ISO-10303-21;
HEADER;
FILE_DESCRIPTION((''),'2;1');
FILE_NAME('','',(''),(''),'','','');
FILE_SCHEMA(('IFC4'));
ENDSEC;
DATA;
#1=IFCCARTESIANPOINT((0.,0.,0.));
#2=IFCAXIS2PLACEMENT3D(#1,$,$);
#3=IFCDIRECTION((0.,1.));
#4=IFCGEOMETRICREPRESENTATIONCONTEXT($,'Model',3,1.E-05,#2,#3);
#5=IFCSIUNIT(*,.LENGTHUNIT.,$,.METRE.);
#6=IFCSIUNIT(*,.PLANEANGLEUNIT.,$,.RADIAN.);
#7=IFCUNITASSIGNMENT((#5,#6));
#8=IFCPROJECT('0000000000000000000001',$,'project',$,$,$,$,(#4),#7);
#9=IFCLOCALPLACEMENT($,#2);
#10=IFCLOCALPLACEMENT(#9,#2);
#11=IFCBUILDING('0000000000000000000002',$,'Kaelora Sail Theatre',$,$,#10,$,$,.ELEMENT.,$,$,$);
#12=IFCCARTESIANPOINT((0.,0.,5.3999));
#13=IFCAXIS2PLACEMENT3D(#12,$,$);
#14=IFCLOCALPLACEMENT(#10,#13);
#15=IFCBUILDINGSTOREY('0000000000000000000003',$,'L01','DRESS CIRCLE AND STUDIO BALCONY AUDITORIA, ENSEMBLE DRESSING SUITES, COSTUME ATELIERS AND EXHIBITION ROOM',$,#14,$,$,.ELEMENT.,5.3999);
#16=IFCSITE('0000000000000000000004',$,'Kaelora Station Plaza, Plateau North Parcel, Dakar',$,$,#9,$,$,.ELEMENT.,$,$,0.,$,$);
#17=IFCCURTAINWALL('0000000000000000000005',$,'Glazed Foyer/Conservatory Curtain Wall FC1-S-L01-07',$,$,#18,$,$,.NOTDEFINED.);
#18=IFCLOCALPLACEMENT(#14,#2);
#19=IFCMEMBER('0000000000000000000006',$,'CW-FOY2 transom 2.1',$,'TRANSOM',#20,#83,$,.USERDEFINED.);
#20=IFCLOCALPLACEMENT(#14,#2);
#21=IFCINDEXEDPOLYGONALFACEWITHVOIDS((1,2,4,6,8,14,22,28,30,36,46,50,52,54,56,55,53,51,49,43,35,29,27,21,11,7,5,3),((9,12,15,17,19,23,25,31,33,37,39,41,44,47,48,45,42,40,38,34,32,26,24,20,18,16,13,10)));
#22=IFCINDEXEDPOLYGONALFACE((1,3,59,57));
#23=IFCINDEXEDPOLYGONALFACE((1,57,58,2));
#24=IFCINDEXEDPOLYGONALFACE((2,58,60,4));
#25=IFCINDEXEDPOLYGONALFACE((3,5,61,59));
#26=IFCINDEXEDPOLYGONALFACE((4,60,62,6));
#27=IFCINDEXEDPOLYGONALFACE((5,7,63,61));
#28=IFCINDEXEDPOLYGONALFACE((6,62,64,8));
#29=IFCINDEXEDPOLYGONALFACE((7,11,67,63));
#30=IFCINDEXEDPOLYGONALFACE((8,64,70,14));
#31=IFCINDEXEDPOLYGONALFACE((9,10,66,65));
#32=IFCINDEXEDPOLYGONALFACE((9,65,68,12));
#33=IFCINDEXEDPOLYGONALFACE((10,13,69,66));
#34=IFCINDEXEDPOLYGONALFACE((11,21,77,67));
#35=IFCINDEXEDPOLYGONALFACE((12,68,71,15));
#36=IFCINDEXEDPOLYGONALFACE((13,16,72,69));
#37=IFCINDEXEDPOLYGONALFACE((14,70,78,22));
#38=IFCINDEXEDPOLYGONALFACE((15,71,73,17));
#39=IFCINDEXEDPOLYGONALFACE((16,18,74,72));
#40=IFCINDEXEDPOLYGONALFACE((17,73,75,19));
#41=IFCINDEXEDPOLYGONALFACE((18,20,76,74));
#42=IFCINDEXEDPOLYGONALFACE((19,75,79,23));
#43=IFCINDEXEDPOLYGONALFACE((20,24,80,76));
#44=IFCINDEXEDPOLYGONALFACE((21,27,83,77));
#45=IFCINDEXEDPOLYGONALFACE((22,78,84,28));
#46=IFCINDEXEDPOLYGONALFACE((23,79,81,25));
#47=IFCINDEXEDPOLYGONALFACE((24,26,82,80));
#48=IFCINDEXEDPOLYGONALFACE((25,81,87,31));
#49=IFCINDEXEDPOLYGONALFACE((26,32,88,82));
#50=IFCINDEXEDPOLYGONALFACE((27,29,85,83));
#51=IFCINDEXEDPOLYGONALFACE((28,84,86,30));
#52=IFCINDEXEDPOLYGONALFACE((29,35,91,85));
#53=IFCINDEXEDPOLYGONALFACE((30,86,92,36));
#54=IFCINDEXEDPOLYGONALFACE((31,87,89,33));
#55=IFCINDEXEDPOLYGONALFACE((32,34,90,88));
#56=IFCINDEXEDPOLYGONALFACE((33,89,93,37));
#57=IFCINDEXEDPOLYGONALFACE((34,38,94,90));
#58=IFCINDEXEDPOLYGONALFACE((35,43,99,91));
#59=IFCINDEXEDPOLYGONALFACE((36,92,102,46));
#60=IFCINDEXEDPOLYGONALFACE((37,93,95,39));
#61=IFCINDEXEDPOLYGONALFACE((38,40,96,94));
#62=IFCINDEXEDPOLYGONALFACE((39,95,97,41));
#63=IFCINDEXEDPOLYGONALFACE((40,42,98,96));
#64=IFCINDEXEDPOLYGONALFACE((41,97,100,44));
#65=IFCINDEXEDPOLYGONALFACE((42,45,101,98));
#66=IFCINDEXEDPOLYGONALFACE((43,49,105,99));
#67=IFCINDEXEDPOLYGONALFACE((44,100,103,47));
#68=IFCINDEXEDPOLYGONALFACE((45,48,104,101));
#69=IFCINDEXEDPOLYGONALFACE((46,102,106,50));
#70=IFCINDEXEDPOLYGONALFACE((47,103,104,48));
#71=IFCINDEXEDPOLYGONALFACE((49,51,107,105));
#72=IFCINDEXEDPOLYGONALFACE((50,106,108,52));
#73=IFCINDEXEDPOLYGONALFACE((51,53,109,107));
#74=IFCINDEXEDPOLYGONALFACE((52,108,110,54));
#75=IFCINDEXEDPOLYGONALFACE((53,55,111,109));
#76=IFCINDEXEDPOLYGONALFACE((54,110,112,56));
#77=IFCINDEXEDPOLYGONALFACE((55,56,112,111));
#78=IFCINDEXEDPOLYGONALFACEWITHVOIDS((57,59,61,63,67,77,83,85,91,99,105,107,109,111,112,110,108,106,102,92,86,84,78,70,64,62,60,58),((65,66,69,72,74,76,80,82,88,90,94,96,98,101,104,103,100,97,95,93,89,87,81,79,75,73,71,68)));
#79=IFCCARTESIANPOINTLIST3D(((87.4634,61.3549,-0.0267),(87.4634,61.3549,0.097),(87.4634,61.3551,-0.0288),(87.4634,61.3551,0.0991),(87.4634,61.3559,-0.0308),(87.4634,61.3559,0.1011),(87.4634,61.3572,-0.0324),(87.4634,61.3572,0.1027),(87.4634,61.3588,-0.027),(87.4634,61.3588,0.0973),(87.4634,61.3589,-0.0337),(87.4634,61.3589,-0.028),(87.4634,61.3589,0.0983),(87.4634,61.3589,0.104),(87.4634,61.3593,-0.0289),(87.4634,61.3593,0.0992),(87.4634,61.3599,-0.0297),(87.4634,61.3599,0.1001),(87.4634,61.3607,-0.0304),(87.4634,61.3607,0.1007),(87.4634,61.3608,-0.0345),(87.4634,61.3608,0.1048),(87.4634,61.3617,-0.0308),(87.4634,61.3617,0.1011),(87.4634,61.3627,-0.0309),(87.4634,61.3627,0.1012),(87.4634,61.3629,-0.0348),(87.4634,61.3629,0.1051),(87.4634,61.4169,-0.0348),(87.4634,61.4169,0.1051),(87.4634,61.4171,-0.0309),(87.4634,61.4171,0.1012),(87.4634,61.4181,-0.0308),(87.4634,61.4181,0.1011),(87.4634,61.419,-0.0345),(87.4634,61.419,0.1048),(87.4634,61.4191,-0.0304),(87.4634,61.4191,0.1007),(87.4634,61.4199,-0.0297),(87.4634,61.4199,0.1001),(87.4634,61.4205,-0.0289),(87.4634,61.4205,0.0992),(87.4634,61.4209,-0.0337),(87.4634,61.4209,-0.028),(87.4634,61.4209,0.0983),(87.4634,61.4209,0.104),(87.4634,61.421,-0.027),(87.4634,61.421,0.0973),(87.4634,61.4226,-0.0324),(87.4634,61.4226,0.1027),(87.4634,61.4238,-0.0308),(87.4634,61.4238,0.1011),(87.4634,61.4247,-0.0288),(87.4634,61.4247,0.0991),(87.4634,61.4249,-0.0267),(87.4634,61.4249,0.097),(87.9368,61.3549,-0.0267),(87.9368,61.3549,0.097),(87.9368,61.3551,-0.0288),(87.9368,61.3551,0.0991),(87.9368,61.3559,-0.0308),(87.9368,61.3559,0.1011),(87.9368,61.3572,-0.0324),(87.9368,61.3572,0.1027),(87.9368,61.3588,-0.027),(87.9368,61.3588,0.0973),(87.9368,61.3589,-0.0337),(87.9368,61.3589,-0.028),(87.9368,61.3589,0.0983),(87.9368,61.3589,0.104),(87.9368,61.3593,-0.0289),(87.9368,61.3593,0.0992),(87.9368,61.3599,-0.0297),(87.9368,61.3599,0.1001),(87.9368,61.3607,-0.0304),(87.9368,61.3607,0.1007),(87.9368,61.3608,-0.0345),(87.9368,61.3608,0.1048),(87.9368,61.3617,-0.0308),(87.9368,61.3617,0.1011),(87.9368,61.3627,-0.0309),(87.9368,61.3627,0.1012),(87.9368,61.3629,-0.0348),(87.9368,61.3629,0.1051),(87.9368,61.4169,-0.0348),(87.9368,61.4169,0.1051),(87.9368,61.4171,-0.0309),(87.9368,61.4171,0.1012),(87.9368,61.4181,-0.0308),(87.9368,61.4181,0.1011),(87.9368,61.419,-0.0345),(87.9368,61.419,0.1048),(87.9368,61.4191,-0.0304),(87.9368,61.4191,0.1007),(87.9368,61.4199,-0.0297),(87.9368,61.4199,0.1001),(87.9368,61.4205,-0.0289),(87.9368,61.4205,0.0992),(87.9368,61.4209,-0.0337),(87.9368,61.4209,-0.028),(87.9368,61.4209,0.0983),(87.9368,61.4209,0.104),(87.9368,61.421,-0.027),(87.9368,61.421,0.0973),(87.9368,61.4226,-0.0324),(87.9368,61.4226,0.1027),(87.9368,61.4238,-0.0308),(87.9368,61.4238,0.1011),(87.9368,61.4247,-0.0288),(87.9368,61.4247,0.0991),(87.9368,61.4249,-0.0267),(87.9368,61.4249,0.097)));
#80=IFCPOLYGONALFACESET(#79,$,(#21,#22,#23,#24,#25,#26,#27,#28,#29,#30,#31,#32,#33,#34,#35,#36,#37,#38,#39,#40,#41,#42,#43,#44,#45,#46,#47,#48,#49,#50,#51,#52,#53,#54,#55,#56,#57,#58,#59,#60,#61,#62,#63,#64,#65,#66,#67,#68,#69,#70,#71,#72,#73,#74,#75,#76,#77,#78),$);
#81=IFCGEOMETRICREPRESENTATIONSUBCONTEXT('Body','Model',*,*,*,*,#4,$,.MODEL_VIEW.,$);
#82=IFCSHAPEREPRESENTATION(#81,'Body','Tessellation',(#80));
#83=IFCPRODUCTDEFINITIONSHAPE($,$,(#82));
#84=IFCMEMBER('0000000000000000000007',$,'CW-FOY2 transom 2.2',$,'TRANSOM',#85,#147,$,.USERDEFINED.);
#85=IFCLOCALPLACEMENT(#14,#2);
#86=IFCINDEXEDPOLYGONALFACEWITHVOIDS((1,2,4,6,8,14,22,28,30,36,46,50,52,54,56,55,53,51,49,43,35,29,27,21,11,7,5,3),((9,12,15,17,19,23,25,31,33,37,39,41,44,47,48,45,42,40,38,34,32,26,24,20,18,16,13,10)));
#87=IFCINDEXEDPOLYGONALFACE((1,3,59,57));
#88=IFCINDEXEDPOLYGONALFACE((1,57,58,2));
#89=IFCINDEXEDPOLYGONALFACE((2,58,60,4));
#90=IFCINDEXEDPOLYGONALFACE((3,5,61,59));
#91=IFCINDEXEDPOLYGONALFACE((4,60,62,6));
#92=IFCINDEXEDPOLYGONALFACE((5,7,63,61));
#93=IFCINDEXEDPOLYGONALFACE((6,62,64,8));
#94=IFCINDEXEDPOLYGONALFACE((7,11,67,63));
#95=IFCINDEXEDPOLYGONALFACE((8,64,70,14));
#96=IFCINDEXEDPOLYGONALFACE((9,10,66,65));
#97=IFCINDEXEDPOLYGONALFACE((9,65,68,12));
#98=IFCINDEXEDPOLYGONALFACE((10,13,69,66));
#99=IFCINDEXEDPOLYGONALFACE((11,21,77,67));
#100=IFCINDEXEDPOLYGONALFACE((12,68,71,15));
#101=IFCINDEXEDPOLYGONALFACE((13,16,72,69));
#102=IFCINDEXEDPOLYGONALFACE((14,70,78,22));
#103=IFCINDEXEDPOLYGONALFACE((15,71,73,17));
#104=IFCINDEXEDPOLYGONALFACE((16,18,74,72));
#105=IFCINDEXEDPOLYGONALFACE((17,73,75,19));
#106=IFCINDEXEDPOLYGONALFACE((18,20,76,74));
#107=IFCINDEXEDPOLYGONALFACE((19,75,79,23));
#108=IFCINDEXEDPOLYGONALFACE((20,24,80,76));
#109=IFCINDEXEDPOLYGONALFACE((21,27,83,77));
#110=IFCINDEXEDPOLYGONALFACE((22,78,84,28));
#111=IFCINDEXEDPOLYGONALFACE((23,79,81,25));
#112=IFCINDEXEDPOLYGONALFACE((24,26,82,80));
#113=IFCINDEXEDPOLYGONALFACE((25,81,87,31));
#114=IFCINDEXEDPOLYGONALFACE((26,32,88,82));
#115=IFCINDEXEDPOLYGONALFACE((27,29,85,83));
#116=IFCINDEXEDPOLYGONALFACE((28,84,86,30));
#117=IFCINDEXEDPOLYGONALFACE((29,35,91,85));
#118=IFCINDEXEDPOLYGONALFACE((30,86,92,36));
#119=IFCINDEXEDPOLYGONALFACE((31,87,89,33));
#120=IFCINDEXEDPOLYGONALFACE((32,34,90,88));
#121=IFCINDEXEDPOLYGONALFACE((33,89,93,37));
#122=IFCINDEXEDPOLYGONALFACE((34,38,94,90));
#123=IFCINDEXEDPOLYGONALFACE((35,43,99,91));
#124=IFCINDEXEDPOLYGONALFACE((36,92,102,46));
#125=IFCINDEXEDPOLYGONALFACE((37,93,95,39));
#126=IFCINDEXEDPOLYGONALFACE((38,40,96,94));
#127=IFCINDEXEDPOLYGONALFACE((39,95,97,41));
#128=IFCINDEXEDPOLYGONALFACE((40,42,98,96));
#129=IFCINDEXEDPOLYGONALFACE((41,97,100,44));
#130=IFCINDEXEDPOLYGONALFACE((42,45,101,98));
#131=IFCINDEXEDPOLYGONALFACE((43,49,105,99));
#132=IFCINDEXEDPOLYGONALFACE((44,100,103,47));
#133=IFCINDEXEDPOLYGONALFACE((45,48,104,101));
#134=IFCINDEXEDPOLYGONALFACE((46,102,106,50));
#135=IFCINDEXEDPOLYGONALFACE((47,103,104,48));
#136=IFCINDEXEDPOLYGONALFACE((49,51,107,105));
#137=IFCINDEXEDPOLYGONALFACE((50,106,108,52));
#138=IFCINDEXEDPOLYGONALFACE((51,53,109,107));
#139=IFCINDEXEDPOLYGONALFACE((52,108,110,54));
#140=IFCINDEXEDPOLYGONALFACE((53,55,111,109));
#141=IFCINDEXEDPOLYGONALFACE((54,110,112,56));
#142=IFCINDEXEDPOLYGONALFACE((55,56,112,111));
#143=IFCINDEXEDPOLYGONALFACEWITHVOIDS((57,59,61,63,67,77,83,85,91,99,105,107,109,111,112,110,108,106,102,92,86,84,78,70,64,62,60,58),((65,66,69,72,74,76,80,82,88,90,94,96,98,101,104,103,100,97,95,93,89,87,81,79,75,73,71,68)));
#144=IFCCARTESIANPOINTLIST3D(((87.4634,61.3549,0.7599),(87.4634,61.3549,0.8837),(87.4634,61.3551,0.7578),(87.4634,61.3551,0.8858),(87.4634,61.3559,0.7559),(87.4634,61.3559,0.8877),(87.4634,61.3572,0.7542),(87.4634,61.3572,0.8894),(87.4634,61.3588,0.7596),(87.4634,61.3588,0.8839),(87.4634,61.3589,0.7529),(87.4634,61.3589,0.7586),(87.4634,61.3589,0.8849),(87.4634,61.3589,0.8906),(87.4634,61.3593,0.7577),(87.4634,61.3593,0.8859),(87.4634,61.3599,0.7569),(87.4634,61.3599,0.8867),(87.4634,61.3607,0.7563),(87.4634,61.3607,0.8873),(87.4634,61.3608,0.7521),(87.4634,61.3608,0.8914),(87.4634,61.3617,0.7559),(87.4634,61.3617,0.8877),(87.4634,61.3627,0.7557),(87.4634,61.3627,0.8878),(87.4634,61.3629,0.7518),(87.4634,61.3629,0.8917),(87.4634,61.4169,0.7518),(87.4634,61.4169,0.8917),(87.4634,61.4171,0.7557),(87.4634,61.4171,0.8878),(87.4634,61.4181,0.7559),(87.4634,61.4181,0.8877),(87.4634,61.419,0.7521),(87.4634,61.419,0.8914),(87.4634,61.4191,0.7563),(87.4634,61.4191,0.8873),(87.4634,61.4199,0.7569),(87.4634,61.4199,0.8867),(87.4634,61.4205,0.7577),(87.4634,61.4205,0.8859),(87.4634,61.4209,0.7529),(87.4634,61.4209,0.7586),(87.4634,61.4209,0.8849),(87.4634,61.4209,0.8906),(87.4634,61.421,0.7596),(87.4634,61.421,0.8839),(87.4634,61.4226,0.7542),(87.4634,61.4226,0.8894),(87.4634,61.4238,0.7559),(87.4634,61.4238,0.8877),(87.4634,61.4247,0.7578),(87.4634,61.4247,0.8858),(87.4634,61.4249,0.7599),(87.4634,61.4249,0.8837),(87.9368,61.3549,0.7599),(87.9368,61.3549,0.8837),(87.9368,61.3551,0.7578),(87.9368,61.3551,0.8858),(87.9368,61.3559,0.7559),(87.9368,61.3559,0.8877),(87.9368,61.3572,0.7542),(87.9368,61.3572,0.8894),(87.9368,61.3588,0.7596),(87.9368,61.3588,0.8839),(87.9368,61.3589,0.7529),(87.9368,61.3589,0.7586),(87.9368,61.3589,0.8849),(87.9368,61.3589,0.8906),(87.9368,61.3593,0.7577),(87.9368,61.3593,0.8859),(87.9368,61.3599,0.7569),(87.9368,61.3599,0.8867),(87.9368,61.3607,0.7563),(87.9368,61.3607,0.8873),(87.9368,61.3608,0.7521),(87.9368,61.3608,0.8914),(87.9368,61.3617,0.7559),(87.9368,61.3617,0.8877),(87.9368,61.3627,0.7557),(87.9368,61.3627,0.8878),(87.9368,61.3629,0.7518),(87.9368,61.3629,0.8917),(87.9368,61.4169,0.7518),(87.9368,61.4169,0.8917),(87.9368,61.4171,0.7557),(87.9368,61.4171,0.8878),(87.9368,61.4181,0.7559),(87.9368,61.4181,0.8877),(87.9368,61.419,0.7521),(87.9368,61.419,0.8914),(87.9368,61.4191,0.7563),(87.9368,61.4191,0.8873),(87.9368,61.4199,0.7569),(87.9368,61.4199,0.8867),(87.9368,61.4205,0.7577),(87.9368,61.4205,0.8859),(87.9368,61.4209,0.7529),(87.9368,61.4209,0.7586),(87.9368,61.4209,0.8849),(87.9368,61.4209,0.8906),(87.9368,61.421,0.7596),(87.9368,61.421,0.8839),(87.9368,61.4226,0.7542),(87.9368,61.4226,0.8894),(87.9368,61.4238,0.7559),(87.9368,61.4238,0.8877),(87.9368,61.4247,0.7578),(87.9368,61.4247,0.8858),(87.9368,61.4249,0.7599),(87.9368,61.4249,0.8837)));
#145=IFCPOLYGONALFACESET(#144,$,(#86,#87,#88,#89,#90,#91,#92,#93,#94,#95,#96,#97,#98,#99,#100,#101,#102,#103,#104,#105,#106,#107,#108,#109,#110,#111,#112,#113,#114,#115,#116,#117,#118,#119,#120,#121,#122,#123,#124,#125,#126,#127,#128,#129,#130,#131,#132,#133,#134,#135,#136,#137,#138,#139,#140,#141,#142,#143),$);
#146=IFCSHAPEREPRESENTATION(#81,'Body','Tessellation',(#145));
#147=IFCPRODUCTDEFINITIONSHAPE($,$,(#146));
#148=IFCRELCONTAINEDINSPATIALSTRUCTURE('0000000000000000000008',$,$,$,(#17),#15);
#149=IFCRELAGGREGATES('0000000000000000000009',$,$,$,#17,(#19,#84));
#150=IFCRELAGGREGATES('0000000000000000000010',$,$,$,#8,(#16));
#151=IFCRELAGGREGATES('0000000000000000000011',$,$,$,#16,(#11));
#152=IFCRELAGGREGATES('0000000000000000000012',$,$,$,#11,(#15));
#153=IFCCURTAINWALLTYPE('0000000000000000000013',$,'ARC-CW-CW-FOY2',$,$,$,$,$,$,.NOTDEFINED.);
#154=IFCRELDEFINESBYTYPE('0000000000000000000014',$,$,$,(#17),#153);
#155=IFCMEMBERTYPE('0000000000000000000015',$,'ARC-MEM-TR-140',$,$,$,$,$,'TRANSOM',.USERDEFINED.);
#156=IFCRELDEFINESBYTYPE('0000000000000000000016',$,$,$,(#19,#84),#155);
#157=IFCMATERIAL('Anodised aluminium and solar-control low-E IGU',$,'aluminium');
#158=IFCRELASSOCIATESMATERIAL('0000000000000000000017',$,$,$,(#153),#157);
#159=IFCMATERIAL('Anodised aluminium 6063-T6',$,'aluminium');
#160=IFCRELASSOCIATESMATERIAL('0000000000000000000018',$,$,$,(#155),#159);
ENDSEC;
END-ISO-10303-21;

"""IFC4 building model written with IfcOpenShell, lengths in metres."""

from ifc_helpers import new_model, si_unit, direction, frame, origin, origin_2d, place, context, subcontext, project, spatial, hollow_rectangle, extrude, material, material_profile, profile_set, type_object, element, aggregate, save


model = new_model("IFC4")

# Units and contexts
model_context = context("Model", 3, precision=1e-05, world=origin(), true_north=direction((0.0, 1.0)))
body_context = subcontext(model_context, "Body", "Model", "MODEL_VIEW")
ifc_project = project(units=[si_unit("LENGTHUNIT", "METRE"), si_unit("PLANEANGLEUNIT", "RADIAN")], contexts=[model_context])

# Site, building, storey
site_placement = place(None, origin())
site = spatial("IfcSite", under=ifc_project, at=site_placement, Name="Kaelora Station Plaza, Plateau North Parcel, Dakar", CompositionType="ELEMENT", RefElevation=0.0)
building_placement = place(site_placement, origin())
building = spatial("IfcBuilding", under=site, at=building_placement, Name="Kaelora Sail Theatre", CompositionType="ELEMENT")
storey_placement = place(building_placement, frame((0.0, 0.0, 5.3999)))
storey = spatial("IfcBuildingStorey", under=building, at=storey_placement, Name="L01", Description="DRESS CIRCLE AND STUDIO BALCONY AUDITORIA, ENSEMBLE DRESSING SUITES, COSTUME ATELIERS AND EXHIBITION ROOM", CompositionType="ELEMENT", Elevation=5.3999)

# Curtain wall
ifc_material_1 = material(Name="Anodised aluminium and solar-control low-E IGU", Category="aluminium")
curtain_wall_type = type_object("IfcCurtainWallType", Name="ARC-CW-CW-FOY2", PredefinedType="NOTDEFINED", material=ifc_material_1)
curtain_wall_1_placement = place(storey_placement, origin())
curtain_wall_1 = element("IfcCurtainWall", 1, at=curtain_wall_1_placement, inside=storey, type_object=curtain_wall_type, Name="Glazed Foyer/Conservatory Curtain Wall FC1-S-L01-07", PredefinedType="NOTDEFINED")

# Members
ifc_material_2 = material(Name="Anodised aluminium 6063-T6", Category="aluminium")
ifc_material_profile_1 = material_profile(ifc_material_2, hollow_rectangle(XDim=0.0701, YDim=0.1399, WallThickness=0.0039, InnerFilletRadius=0.0039, OuterFilletRadius=0.0081, at=origin_2d()), Name="ALU-TRAN 70x140x4")
ifc_profile_set_1 = profile_set([ifc_material_profile_1], Name="Anodised aluminium 6063-T6")
member_type_1 = type_object("IfcMemberType", Name="ARC-MEM-TR-140", ElementType="TRANSOM", PredefinedType="USERDEFINED", material=ifc_profile_set_1)
member_1_placement = place(storey_placement, frame((87.4634, 61.3899, 0.0352), z_axis=(1.0, 0.0, 0.0), x_axis=(0.0, 1.0, 0.0)))
member_1 = element("IfcMember", 2, at=member_1_placement, type_object=member_type_1, Name="CW-FOY2 transom 2.1", ObjectType="TRANSOM", PredefinedType="USERDEFINED", context=body_context, shape_type="SweptSolid", body=[
    extrude(hollow_rectangle(XDim=0.0701, YDim=0.1399, WallThickness=0.0039, InnerFilletRadius=0.0039, OuterFilletRadius=0.0081, at=origin_2d()), origin(), (0.0, 0.0, 1.0), 0.4734),
])
member_2_placement = place(storey_placement, frame((87.4634, 61.3899, 0.8218), z_axis=(1.0, 0.0, 0.0), x_axis=(0.0, 1.0, 0.0)))
member_2 = element("IfcMember", 3, at=member_2_placement, type_object=member_type_1, Name="CW-FOY2 transom 2.2", ObjectType="TRANSOM", PredefinedType="USERDEFINED", context=body_context, shape_type="SweptSolid", body=[
    extrude(hollow_rectangle(XDim=0.0701, YDim=0.1399, WallThickness=0.0039, InnerFilletRadius=0.0039, OuterFilletRadius=0.0081, at=origin_2d()), origin(), (0.0, 0.0, 1.0), 0.4734),
])

aggregate(curtain_wall_1, [member_1, member_2])

save(model, "model.ifc")
